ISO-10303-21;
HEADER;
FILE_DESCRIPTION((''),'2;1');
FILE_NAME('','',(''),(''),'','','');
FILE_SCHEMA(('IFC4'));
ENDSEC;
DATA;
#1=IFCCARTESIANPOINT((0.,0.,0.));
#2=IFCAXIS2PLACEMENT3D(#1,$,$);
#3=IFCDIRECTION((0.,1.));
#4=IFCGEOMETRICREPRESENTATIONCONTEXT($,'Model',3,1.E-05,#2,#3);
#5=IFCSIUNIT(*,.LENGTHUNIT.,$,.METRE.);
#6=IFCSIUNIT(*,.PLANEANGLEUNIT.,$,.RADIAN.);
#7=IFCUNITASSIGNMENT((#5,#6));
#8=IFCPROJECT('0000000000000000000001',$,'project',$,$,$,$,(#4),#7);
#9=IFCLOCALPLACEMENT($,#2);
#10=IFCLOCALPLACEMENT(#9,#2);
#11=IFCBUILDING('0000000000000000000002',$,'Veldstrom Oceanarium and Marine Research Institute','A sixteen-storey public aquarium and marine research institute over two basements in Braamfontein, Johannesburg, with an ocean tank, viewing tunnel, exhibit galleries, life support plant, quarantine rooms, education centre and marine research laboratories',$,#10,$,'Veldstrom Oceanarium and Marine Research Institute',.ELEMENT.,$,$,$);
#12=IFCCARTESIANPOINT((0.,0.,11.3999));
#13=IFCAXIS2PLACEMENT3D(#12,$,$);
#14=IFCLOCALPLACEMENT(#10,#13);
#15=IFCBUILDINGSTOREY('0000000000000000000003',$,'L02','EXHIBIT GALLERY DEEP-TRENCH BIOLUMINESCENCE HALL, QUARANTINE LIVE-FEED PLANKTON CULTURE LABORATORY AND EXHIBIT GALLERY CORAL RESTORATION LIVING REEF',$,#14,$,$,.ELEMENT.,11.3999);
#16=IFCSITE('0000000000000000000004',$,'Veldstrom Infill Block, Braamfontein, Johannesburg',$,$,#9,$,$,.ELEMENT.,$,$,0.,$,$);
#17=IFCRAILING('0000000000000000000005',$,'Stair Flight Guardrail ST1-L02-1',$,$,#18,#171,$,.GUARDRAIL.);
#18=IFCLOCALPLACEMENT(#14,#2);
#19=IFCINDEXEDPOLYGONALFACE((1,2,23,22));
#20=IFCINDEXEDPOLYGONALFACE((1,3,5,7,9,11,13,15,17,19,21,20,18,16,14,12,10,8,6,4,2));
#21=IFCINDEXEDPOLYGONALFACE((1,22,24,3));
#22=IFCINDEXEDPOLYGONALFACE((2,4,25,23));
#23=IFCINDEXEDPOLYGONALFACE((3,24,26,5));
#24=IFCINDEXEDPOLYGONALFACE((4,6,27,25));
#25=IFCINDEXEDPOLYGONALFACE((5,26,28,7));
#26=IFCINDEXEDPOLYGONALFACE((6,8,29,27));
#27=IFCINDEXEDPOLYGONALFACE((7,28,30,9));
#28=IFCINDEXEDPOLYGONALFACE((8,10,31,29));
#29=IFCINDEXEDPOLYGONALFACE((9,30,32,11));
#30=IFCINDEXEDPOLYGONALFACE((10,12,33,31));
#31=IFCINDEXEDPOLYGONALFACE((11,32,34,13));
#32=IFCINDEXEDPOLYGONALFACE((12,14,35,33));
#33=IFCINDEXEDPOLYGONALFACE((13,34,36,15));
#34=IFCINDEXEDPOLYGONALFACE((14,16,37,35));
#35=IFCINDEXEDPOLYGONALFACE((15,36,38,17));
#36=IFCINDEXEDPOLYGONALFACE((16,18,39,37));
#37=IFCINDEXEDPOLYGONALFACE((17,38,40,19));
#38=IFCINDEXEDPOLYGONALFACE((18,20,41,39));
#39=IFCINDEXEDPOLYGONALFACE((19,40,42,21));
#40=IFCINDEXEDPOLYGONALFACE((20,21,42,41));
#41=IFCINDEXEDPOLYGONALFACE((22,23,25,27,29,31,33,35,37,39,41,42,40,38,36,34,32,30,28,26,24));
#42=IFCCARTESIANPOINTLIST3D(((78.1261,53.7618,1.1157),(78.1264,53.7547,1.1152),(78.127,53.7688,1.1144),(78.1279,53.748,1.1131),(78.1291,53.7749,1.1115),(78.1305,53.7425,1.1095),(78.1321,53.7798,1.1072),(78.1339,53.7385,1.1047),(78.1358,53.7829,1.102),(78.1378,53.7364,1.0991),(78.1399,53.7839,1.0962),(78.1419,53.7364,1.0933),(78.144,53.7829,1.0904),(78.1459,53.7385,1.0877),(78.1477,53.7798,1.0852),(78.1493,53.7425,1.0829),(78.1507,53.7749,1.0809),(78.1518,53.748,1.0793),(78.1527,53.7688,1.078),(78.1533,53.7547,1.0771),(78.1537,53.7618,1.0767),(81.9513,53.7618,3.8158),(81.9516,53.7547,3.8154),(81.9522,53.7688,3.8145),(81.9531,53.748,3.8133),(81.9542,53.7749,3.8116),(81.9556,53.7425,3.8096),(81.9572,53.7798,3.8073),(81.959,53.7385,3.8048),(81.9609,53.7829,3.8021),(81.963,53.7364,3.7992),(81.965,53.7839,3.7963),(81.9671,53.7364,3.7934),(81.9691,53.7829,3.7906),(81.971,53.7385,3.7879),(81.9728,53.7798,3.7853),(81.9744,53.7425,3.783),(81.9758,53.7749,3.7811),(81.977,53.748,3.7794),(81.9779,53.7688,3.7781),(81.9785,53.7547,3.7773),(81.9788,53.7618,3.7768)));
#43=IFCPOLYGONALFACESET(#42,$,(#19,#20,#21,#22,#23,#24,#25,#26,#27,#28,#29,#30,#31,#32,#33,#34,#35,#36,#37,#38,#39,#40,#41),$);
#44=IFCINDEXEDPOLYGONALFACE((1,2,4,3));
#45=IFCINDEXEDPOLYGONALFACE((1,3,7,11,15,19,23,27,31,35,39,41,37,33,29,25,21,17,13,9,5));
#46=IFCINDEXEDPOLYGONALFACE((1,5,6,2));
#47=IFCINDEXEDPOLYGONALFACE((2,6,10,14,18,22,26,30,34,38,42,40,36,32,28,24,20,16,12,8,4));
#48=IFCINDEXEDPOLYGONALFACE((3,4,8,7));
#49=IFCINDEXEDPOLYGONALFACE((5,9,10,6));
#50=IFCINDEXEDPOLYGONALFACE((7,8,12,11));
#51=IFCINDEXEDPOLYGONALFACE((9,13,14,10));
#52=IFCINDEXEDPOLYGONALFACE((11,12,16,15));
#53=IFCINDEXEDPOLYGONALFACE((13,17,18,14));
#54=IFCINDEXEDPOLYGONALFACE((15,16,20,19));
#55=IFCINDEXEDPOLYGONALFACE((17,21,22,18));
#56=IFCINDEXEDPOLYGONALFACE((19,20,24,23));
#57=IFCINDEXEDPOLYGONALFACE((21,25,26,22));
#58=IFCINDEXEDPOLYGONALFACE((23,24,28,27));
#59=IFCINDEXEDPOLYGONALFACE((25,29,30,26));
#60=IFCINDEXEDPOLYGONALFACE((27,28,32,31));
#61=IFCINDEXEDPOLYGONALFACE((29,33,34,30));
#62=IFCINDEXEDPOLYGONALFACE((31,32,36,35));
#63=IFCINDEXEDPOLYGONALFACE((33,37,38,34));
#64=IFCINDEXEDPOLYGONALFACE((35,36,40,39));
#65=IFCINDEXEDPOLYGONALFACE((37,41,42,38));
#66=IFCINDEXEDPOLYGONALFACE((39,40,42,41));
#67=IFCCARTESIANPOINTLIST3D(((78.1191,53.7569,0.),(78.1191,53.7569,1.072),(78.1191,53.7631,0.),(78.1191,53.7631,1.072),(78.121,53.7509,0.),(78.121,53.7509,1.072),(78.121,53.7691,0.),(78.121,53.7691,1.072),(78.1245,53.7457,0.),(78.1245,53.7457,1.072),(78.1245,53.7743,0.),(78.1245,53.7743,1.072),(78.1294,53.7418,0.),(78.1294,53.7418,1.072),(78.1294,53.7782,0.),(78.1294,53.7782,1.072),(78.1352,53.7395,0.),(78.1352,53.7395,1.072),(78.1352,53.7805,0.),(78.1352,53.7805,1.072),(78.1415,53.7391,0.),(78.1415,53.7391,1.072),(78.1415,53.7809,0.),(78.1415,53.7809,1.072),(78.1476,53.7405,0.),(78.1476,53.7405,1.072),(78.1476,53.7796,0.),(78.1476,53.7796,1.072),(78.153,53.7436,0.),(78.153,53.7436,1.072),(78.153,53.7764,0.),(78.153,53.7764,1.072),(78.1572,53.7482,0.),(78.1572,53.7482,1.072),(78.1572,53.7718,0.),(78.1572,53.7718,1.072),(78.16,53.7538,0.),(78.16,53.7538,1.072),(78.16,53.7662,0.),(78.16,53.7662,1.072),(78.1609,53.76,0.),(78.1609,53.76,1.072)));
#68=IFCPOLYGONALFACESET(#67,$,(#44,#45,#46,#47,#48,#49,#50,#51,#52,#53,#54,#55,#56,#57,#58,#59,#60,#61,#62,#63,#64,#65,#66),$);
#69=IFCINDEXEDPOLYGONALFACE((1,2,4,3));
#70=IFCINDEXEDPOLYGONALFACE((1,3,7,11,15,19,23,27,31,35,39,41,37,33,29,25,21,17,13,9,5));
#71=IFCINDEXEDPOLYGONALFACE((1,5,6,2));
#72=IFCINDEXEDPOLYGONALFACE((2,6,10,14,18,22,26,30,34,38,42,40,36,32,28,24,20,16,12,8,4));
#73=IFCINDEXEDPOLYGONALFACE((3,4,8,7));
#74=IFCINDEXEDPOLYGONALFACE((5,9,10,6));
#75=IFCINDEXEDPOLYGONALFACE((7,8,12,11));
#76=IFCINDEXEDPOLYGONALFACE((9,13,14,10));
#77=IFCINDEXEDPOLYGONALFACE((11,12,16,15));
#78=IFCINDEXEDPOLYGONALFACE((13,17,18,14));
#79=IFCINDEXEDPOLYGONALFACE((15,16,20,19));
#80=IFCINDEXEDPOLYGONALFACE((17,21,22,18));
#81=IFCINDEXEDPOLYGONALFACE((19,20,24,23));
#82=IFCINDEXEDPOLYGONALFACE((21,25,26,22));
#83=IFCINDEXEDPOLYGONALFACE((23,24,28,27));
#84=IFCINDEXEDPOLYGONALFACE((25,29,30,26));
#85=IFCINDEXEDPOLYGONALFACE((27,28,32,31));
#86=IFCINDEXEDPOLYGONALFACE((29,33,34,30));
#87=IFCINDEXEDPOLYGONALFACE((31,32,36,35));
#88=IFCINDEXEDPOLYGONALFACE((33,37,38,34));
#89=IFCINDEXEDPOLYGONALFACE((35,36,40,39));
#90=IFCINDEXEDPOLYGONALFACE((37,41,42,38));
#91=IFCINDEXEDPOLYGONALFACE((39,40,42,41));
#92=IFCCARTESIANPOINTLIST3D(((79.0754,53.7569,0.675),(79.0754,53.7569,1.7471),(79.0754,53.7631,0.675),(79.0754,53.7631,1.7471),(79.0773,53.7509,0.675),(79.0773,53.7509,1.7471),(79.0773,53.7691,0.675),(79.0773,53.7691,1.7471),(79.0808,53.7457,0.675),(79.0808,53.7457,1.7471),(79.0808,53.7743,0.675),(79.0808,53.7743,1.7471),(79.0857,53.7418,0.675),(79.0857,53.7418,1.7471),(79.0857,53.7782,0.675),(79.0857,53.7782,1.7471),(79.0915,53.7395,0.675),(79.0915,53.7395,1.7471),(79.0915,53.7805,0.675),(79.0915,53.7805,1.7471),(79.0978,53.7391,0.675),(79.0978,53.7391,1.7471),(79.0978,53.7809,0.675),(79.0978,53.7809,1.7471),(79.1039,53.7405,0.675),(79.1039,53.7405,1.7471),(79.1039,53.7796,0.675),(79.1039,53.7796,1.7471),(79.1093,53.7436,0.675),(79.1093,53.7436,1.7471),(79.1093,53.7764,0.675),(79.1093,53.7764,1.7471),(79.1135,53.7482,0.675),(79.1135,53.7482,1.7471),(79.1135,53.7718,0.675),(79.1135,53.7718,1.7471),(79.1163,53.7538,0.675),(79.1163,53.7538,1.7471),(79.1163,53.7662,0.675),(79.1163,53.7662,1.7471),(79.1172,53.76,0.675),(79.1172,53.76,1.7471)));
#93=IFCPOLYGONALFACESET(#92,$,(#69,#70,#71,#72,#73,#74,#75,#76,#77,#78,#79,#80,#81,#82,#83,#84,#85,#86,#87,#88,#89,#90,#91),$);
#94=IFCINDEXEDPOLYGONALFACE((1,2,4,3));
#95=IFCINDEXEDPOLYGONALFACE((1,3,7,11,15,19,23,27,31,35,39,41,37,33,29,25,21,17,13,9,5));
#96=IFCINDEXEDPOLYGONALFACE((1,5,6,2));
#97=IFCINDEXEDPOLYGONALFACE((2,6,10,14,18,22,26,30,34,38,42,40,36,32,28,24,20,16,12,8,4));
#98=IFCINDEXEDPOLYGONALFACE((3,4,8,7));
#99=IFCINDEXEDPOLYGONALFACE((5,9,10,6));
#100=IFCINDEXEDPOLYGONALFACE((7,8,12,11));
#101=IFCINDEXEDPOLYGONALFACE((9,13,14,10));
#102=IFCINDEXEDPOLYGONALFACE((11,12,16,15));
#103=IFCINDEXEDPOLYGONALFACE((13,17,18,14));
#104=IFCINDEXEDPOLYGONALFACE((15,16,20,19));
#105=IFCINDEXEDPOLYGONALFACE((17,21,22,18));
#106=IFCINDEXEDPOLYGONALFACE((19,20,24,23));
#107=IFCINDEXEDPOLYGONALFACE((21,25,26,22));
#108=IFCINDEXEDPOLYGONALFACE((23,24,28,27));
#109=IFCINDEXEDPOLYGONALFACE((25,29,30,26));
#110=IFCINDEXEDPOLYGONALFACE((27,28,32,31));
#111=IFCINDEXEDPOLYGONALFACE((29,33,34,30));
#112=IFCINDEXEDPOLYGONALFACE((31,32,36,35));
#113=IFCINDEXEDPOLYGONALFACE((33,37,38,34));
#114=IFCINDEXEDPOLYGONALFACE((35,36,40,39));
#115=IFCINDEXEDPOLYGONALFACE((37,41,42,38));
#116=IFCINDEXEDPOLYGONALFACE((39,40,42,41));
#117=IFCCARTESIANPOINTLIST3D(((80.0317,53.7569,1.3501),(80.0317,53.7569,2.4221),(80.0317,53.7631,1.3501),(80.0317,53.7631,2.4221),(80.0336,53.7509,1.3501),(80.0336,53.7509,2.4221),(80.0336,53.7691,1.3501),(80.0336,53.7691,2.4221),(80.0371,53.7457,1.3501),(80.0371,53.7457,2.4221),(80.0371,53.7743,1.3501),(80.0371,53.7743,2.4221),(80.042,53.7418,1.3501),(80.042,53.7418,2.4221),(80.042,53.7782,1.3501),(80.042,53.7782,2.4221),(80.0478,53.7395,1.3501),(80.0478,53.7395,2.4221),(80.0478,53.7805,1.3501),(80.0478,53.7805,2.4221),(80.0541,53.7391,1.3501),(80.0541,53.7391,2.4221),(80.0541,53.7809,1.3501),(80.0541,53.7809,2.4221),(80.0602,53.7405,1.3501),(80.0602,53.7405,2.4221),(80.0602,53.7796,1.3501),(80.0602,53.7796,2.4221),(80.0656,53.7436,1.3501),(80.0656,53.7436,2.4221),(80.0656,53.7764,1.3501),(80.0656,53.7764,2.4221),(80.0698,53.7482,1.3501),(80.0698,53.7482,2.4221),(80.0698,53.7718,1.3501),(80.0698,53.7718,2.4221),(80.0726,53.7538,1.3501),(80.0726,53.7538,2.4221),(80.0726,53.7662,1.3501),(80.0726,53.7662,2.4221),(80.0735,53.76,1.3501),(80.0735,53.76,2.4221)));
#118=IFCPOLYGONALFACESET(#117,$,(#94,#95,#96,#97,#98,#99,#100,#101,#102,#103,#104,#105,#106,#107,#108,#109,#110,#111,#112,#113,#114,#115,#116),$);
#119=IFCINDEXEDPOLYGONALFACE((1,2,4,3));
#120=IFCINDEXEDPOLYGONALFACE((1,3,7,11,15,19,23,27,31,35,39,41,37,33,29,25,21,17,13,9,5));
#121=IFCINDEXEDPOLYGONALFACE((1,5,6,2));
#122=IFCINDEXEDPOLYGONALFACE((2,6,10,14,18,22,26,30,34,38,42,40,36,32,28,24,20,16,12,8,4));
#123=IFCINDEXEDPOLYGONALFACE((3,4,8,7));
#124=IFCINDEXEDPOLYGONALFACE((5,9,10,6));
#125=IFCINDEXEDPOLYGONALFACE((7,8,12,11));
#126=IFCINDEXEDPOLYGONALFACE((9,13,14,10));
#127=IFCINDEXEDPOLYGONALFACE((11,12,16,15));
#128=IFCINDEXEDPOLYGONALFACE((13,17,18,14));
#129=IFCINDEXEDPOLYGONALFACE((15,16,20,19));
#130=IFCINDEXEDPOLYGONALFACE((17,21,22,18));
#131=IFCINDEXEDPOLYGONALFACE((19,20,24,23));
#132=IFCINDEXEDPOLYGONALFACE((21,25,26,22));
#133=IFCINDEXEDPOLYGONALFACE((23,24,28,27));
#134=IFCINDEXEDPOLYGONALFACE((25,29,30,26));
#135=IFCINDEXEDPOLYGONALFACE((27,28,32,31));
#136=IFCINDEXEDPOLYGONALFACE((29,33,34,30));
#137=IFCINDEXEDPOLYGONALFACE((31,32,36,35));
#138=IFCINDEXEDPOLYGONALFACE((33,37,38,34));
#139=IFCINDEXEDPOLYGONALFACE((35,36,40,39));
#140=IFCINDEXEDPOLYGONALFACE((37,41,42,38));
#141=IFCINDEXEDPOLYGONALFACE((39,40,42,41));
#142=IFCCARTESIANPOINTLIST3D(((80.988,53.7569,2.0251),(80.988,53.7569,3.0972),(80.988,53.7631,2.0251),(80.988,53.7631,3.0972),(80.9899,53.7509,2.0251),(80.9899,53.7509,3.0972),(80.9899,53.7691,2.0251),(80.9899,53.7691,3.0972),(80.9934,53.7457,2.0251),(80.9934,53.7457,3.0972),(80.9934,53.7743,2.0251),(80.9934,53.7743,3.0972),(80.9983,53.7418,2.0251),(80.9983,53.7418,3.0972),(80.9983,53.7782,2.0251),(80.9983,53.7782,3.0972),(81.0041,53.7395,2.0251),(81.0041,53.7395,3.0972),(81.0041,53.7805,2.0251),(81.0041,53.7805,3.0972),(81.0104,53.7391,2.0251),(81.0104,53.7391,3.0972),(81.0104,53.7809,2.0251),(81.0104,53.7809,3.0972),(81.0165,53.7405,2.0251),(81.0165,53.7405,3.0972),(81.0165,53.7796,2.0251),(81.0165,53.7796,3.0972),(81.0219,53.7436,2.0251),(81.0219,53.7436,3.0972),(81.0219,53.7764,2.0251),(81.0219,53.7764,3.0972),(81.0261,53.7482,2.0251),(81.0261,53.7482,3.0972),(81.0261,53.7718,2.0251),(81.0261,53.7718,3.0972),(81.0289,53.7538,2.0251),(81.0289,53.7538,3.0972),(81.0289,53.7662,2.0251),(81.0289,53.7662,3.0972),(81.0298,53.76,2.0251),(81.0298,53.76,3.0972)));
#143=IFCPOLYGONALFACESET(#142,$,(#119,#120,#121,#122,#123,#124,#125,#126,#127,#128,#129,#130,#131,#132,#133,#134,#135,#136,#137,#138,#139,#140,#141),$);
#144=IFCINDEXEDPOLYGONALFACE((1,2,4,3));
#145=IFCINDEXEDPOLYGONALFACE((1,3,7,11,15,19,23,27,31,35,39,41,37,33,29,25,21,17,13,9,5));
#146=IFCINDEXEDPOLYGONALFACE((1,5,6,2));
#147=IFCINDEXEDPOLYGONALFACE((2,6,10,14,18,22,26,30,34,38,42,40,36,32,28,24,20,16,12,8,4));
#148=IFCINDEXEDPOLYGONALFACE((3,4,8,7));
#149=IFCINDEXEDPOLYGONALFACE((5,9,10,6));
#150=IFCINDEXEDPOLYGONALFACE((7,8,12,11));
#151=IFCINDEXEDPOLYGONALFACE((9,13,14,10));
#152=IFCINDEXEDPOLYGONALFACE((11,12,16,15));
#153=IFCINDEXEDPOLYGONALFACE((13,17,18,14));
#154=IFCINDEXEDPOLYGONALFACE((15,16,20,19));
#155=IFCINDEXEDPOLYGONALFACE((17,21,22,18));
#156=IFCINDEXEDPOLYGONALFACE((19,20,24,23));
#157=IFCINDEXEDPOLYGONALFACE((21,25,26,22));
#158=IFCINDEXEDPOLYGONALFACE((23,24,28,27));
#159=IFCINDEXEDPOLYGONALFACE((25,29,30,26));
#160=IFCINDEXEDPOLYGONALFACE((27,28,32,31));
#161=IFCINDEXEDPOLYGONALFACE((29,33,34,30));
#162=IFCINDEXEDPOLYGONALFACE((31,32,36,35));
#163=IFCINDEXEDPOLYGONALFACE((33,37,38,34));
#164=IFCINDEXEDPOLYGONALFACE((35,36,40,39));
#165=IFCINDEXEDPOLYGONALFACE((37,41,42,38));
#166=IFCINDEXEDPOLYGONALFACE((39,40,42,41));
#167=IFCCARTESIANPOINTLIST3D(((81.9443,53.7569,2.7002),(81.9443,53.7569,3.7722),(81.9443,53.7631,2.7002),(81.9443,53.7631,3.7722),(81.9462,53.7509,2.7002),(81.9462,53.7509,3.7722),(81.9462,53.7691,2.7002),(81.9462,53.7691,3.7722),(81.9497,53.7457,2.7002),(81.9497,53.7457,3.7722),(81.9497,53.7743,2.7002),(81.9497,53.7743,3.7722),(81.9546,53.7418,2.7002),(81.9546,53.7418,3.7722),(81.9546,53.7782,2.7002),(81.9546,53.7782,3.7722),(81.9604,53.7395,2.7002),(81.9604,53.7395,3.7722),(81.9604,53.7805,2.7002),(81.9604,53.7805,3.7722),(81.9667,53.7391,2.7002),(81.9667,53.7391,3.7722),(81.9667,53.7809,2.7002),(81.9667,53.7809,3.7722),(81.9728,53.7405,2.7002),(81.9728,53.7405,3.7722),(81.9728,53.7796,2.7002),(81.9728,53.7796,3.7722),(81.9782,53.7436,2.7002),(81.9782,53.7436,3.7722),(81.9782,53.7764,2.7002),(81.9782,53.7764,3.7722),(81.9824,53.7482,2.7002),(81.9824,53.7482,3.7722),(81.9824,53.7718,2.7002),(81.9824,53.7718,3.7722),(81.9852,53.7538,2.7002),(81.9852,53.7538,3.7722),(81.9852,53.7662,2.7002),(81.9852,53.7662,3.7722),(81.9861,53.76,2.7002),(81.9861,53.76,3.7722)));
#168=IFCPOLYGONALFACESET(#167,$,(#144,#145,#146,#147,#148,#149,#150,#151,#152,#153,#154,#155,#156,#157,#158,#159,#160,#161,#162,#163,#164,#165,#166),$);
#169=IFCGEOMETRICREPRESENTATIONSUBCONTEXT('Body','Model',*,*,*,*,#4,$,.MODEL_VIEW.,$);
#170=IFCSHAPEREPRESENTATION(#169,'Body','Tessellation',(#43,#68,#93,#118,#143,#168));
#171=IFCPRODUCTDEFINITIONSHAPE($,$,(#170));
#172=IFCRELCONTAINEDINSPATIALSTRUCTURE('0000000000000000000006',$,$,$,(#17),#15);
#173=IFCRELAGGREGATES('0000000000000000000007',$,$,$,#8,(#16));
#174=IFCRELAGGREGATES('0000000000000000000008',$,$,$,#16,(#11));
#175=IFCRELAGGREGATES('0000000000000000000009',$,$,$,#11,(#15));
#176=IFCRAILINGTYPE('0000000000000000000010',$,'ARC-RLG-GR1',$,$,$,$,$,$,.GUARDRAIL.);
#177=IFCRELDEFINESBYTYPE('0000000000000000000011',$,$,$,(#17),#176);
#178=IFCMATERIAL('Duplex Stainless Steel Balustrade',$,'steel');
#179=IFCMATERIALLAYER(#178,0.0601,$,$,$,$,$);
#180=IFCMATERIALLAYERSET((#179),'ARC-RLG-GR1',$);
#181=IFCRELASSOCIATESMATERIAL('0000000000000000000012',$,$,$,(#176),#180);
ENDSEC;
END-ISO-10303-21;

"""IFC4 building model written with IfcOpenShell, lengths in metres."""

from ifc_helpers import new_model, si_unit, direction, frame, origin, origin_2d, place, context, subcontext, project, spatial, circle, extrude, material, layer, layer_set, type_object, element, save


model = new_model("IFC4")

# Units and contexts
model_context = context("Model", 3, precision=1e-05, world=origin(), true_north=direction((0.0, 1.0)))
body_context = subcontext(model_context, "Body", "Model", "MODEL_VIEW")
ifc_project = project(units=[si_unit("LENGTHUNIT", "METRE"), si_unit("PLANEANGLEUNIT", "RADIAN")], contexts=[model_context])

# Site, building, storey
site_placement = place(None, origin())
site = spatial("IfcSite", under=ifc_project, at=site_placement, Name="Veldstrom Infill Block, Braamfontein, Johannesburg", CompositionType="ELEMENT", RefElevation=0.0)
building_placement = place(site_placement, origin())
building = spatial("IfcBuilding", under=site, at=building_placement, Name="Veldstrom Oceanarium and Marine Research Institute", Description="A sixteen-storey public aquarium and marine research institute over two basements in Braamfontein, Johannesburg, with an ocean tank, viewing tunnel, exhibit galleries, life support plant, quarantine rooms, education centre and marine research laboratories", LongName="Veldstrom Oceanarium and Marine Research Institute", CompositionType="ELEMENT")
storey_placement = place(building_placement, frame((0.0, 0.0, 11.3999)))
storey = spatial("IfcBuildingStorey", under=building, at=storey_placement, Name="L02", Description="EXHIBIT GALLERY DEEP-TRENCH BIOLUMINESCENCE HALL, QUARANTINE LIVE-FEED PLANKTON CULTURE LABORATORY AND EXHIBIT GALLERY CORAL RESTORATION LIVING REEF", CompositionType="ELEMENT", Elevation=11.3999)

# Railing
ifc_material_1 = material(Name="Duplex Stainless Steel Balustrade", Category="steel")
ifc_layer_1 = layer(ifc_material_1, 0.0601)
ifc_layer_set_1 = layer_set([ifc_layer_1], Name="ARC-RLG-GR1")
railing_type_1 = type_object("IfcRailingType", Name="ARC-RLG-GR1", PredefinedType="GUARDRAIL", material=ifc_layer_set_1)
railing_1_placement = place(storey_placement, frame((78.1399, 53.76, 0.0)))
element("IfcRailing", 1, at=railing_1_placement, inside=storey, type_object=railing_type_1, Name="Stair Flight Guardrail ST1-L02-1", PredefinedType="GUARDRAIL", context=body_context, shape_type="SweptSolid", body=[
    extrude(circle(Radius=0.0239, at=origin_2d()), frame((0.0, 0.0, 1.0962), z_axis=(0.816962, 0.0, 0.576691), x_axis=(0.0, 1.0, 0.0)), (0.0, 0.0, 1.0), 4.6821),
    extrude(circle(Radius=0.021, at=origin_2d()), origin(), (0.0, 0.0, 1.0), 1.072),
    extrude(circle(Radius=0.021, at=origin_2d()), frame((0.9563, 0.0, 0.675)), (0.0, 0.0, 1.0), 1.072),
    extrude(circle(Radius=0.021, at=origin_2d()), frame((1.9126, 0.0, 1.3501)), (0.0, 0.0, 1.0), 1.072),
    extrude(circle(Radius=0.021, at=origin_2d()), frame((2.8689, 0.0, 2.0251)), (0.0, 0.0, 1.0), 1.072),
    extrude(circle(Radius=0.021, at=origin_2d()), frame((3.8252, 0.0, 2.7002)), (0.0, 0.0, 1.0), 1.072),
])

save(model, "model.ifc")
